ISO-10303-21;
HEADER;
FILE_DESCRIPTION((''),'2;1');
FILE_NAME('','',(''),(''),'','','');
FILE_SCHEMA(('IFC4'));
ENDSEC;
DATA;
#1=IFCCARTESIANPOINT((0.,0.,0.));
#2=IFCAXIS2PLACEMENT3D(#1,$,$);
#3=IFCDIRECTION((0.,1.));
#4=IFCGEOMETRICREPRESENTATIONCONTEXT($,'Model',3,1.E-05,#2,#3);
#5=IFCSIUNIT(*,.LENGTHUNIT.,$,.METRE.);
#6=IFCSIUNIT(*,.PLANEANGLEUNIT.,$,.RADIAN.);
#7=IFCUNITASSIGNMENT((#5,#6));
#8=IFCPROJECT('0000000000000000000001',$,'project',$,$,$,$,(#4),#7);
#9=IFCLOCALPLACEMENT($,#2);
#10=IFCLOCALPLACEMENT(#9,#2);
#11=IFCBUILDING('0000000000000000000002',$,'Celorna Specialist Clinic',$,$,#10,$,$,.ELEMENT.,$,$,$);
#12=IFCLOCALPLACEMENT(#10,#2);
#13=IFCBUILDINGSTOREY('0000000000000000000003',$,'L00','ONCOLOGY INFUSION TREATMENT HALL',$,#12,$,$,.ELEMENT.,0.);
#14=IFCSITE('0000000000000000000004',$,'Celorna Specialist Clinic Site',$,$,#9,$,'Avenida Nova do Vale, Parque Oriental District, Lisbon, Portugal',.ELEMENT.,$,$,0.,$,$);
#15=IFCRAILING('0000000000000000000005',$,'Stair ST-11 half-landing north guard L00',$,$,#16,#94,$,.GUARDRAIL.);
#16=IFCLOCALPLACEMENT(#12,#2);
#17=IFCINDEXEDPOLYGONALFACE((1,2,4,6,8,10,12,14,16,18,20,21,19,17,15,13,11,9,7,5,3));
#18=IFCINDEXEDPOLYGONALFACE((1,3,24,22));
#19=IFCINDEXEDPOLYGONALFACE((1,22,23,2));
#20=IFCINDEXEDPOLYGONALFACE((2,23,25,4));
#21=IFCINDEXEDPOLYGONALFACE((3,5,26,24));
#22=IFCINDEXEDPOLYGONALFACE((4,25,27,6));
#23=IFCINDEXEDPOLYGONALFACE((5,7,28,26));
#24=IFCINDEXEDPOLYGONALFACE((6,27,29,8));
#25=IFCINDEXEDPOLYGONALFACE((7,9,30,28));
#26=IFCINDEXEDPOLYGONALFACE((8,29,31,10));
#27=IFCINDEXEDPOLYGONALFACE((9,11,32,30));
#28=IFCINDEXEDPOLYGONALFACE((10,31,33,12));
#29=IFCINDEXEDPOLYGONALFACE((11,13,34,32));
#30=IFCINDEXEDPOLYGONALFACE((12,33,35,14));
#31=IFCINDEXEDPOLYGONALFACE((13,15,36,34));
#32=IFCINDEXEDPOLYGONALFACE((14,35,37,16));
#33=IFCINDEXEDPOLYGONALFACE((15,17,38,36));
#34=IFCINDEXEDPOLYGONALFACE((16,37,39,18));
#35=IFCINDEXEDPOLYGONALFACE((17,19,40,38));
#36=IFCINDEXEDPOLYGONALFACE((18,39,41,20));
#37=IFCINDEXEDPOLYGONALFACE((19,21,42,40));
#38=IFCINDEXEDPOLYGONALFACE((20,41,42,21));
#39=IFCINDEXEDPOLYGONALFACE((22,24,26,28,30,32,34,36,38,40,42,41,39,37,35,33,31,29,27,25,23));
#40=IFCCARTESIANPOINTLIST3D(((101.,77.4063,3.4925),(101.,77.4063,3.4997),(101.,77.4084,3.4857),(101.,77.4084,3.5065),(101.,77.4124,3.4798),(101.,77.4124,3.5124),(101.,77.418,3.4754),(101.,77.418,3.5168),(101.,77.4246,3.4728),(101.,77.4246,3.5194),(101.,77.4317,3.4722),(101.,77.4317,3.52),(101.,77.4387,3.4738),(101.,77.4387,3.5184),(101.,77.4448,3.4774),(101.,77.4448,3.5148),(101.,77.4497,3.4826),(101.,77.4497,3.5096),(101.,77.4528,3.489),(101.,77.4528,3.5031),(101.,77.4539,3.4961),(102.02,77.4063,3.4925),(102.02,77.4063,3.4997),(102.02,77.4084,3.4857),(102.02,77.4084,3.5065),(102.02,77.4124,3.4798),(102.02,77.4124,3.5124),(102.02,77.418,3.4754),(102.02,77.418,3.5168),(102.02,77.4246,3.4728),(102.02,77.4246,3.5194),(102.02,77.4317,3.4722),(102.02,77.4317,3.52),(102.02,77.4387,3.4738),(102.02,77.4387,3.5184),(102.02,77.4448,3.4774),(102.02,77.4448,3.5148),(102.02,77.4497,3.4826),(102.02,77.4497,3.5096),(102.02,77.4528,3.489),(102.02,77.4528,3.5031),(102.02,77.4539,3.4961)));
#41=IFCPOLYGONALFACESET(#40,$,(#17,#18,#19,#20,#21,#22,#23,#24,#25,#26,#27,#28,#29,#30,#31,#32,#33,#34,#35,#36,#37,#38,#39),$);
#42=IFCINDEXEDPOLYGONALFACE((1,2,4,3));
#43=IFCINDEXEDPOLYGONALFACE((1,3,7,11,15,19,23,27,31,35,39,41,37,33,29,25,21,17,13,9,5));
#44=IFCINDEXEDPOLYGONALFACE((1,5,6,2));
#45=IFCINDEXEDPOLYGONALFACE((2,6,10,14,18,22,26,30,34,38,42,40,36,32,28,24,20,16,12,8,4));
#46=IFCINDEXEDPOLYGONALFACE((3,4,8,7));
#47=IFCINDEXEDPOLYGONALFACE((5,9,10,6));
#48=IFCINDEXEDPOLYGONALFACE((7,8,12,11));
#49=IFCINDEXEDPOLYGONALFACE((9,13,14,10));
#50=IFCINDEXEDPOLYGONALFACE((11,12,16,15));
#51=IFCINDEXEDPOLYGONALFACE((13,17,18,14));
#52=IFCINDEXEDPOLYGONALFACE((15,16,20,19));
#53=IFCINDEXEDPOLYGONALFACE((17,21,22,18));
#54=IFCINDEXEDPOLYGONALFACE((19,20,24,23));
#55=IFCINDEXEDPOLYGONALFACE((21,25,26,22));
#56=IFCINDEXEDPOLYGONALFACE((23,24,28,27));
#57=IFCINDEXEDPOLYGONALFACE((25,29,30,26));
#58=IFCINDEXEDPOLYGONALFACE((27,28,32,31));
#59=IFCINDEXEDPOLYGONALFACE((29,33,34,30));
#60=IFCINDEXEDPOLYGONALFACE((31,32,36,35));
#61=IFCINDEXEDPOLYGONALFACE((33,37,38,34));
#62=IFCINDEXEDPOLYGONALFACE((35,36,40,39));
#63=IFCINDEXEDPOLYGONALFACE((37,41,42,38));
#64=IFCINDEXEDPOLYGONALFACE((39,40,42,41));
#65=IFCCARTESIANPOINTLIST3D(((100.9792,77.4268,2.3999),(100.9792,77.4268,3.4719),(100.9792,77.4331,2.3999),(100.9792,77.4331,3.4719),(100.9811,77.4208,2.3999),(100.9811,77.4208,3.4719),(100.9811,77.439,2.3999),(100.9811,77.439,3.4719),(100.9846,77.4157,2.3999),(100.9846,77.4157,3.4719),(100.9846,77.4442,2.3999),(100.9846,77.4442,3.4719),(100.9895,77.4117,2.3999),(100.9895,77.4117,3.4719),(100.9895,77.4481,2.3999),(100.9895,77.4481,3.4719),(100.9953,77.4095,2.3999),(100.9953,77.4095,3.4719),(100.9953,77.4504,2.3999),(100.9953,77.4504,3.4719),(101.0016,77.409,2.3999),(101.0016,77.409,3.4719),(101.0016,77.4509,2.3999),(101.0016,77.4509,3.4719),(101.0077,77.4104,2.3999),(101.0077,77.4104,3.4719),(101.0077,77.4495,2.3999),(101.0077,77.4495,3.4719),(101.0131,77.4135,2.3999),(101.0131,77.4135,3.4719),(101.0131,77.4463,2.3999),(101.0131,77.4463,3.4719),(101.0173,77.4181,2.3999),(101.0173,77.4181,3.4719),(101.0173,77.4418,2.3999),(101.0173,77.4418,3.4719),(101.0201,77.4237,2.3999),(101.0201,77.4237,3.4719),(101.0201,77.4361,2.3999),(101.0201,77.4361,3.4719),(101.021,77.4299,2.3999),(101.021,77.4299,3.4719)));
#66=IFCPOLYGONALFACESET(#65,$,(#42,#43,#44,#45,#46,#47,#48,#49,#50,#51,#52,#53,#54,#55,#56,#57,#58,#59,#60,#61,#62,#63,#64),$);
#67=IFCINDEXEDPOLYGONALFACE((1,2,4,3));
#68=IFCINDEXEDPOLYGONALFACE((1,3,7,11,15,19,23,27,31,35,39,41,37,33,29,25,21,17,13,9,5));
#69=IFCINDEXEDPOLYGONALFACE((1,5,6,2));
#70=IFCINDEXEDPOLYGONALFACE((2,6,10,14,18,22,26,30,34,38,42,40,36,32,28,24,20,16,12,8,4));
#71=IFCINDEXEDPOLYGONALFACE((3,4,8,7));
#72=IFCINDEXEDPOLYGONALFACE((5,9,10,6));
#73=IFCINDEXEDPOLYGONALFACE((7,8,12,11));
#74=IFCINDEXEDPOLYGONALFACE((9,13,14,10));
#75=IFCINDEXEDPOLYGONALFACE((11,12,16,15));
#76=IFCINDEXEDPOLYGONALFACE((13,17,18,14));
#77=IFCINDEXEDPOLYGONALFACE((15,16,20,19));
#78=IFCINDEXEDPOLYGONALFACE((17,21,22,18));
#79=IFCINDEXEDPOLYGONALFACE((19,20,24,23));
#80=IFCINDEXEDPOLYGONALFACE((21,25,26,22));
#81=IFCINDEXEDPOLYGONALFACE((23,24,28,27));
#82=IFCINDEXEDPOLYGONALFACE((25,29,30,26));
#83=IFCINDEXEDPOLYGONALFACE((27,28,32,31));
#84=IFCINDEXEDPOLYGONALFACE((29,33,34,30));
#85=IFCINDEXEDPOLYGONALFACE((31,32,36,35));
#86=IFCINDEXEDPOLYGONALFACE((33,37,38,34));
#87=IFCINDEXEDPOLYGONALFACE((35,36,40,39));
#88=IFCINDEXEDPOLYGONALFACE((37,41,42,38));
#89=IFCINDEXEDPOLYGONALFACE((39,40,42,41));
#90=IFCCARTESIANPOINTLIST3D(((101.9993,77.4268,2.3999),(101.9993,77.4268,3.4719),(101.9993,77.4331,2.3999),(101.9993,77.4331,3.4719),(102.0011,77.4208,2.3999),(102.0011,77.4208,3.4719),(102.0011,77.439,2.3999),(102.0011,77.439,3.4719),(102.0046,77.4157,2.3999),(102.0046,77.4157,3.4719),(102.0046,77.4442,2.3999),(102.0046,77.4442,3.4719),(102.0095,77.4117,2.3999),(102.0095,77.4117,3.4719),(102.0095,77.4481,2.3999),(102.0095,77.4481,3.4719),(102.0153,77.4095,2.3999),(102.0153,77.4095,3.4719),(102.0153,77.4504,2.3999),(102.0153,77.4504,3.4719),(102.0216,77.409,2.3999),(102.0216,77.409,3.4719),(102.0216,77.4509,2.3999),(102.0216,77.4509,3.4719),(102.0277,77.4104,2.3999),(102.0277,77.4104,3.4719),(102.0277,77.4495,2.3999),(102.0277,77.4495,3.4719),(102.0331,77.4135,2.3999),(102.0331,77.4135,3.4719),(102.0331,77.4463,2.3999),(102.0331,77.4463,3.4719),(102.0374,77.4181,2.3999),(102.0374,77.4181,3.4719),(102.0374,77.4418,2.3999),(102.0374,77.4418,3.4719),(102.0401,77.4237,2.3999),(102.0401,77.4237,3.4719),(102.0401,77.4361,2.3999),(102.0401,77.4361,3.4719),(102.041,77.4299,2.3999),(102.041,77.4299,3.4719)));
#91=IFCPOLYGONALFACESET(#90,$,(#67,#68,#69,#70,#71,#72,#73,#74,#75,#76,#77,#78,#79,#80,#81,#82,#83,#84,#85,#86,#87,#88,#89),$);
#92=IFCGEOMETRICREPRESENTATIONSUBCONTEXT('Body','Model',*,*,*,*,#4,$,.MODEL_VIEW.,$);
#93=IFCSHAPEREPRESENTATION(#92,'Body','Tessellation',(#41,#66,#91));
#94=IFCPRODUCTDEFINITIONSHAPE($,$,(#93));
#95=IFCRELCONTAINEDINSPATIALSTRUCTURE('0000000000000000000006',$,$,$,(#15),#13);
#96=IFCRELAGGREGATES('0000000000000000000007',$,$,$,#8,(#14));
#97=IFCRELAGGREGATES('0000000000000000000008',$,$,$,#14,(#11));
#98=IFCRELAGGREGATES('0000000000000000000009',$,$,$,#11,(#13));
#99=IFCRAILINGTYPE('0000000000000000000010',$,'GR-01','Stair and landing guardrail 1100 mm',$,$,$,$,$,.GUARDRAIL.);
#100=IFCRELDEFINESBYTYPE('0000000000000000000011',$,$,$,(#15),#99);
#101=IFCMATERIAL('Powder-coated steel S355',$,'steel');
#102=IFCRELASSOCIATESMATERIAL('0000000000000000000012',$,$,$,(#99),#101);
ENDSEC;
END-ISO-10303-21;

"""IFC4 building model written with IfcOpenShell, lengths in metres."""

from ifc_helpers import new_model, si_unit, direction, frame, origin, origin_2d, place, context, subcontext, project, spatial, circle, extrude, material, type_object, element, save


model = new_model("IFC4")

# Units and contexts
model_context = context("Model", 3, precision=1e-05, world=origin(), true_north=direction((0.0, 1.0)))
body_context = subcontext(model_context, "Body", "Model", "MODEL_VIEW")
ifc_project = project(units=[si_unit("LENGTHUNIT", "METRE"), si_unit("PLANEANGLEUNIT", "RADIAN")], contexts=[model_context])

# Site, building, storey
site_placement = place(None, origin())
site = spatial("IfcSite", under=ifc_project, at=site_placement, Name="Celorna Specialist Clinic Site", LongName="Avenida Nova do Vale, Parque Oriental District, Lisbon, Portugal", CompositionType="ELEMENT", RefElevation=0.0)
building_placement = place(site_placement, origin())
building = spatial("IfcBuilding", under=site, at=building_placement, Name="Celorna Specialist Clinic", CompositionType="ELEMENT")
storey_placement = place(building_placement, origin())
storey = spatial("IfcBuildingStorey", under=building, at=storey_placement, Name="L00", Description="ONCOLOGY INFUSION TREATMENT HALL", CompositionType="ELEMENT", Elevation=0.0)

# Railing
ifc_material_1 = material(Name="Powder-coated steel S355", Category="steel")
railing_type_1 = type_object("IfcRailingType", Name="GR-01", Description="Stair and landing guardrail 1100 mm", PredefinedType="GUARDRAIL", material=ifc_material_1)
railing_1_placement = place(storey_placement, frame((101.0, 77.4299, 2.3999)))
element("IfcRailing", 1, at=railing_1_placement, inside=storey, type_object=railing_type_1, Name="Stair ST-11 half-landing north guard L00", PredefinedType="GUARDRAIL", context=body_context, shape_type="SweptSolid", body=[
    extrude(circle(Radius=0.0239, at=origin_2d()), frame((0.0, 0.0, 1.0962), z_axis=(1.0, 0.0, 0.0), x_axis=(0.0, 1.0, 0.0)), (0.0, 0.0, 1.0), 1.02),
    extrude(circle(Radius=0.021, at=origin_2d()), origin(), (0.0, 0.0, 1.0), 1.072),
    extrude(circle(Radius=0.021, at=origin_2d()), frame((1.02, 0.0, 0.0)), (0.0, 0.0, 1.0), 1.072),
])

save(model, "model.ifc")
